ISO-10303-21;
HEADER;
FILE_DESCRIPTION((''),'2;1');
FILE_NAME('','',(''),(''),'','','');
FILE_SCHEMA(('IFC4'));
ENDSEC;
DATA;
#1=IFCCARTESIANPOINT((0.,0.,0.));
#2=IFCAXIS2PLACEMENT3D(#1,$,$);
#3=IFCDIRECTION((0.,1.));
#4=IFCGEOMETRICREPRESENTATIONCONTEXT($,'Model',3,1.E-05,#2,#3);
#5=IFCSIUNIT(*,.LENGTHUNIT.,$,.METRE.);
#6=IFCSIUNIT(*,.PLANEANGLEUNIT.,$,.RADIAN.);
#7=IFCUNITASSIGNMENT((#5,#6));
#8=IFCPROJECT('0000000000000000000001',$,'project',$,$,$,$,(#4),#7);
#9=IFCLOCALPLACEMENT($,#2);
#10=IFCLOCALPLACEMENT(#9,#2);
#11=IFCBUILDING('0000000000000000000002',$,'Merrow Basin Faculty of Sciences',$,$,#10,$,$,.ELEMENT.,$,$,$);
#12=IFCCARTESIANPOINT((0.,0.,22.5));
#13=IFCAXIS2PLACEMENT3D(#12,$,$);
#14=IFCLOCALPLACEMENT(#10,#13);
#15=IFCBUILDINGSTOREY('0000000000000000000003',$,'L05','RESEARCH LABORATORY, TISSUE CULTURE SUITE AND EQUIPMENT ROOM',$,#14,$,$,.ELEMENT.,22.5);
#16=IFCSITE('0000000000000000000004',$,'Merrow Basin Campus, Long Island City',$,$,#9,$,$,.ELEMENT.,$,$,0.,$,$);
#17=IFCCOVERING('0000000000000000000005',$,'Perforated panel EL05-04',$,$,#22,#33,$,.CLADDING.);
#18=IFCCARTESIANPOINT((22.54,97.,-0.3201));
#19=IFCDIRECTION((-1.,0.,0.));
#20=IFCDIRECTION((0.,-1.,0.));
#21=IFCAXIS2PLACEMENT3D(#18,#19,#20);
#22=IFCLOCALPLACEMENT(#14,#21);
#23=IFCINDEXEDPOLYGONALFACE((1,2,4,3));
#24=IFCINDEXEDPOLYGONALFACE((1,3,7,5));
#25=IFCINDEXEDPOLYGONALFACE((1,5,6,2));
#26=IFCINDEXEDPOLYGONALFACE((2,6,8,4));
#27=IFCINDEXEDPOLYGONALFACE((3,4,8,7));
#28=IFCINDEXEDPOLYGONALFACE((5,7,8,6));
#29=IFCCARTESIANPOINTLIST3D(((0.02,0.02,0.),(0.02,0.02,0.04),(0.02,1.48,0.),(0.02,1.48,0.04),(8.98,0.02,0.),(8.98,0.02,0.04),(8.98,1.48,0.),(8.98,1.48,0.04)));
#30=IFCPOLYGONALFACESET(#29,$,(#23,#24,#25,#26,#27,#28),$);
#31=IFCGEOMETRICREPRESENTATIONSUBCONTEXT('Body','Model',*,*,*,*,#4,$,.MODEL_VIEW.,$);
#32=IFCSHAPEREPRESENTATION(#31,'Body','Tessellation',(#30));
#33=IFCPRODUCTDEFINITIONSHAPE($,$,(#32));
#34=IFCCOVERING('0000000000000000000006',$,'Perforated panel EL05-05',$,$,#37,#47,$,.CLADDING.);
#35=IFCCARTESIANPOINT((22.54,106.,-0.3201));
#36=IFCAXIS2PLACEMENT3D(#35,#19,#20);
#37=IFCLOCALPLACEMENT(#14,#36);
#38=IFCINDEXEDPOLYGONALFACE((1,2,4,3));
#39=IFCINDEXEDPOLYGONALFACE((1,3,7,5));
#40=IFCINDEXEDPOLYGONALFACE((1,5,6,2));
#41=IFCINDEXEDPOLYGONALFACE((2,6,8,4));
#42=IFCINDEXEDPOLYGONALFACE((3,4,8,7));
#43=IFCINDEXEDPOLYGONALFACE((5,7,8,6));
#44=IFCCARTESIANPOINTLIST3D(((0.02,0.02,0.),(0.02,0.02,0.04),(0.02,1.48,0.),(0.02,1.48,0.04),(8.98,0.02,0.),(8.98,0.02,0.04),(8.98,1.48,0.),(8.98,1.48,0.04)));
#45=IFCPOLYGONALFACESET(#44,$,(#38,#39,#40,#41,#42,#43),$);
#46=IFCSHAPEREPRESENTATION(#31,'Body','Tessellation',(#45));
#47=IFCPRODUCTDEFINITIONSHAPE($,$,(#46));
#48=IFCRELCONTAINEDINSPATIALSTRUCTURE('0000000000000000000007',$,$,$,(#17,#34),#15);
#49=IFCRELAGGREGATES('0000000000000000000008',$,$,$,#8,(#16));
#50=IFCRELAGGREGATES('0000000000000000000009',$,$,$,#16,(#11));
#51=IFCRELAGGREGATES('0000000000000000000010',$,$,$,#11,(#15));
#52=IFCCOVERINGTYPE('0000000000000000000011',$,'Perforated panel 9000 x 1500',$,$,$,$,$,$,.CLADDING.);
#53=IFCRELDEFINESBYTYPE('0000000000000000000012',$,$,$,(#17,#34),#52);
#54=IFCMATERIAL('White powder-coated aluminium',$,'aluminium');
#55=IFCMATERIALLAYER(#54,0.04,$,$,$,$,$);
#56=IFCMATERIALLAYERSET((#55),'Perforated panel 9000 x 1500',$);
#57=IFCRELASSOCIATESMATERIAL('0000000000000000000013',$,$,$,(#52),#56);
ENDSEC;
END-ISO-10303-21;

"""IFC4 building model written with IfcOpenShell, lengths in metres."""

from ifc_helpers import new_model, si_unit, direction, frame, origin, place, context, subcontext, project, spatial, polyline, outline, extrude, source, transform, mapped, material, layer, layer_set, type_object, element, save


model = new_model("IFC4")

# Units and contexts
model_context = context("Model", 3, precision=1e-05, world=origin(), true_north=direction((0.0, 1.0)))
body_context = subcontext(model_context, "Body", "Model", "MODEL_VIEW")
ifc_project = project(units=[si_unit("LENGTHUNIT", "METRE"), si_unit("PLANEANGLEUNIT", "RADIAN")], contexts=[model_context])

# Site, building, storey
site_placement = place(None, origin())
site = spatial("IfcSite", under=ifc_project, at=site_placement, Name="Merrow Basin Campus, Long Island City", CompositionType="ELEMENT", RefElevation=0.0)
building_placement = place(site_placement, origin())
building = spatial("IfcBuilding", under=site, at=building_placement, Name="Merrow Basin Faculty of Sciences", CompositionType="ELEMENT")
storey_placement = place(building_placement, frame((0.0, 0.0, 22.5)))
storey = spatial("IfcBuildingStorey", under=building, at=storey_placement, Name="L05", Description="RESEARCH LABORATORY, TISSUE CULTURE SUITE AND EQUIPMENT ROOM", CompositionType="ELEMENT", Elevation=22.5)

# Coverings
ifc_material_1 = material(Name="White powder-coated aluminium", Category="aluminium")
ifc_layer_1 = layer(ifc_material_1, 0.04)
ifc_layer_set_1 = layer_set([ifc_layer_1], Name="Perforated panel 9000 x 1500")
covering_type = type_object("IfcCoveringType", Name="Perforated panel 9000 x 1500", PredefinedType="CLADDING", material=ifc_layer_set_1)
shared_shape_1 = source(origin(), body_context, "Body", "SweptSolid", [
    extrude(outline(polyline([(0.02, 0.02), (8.98, 0.02), (8.98, 1.48), (0.02, 1.48), (0.02, 0.02)])), origin(), (0.0, 0.0, 1.0), 0.04),
])
covering_1_placement = place(storey_placement, frame((22.54, 97.0, -0.3201), z_axis=(-1.0, 0.0, 0.0), x_axis=(0.0, -1.0, 0.0)))
element("IfcCovering", 1, at=covering_1_placement, inside=storey, type_object=covering_type, Name="Perforated panel EL05-04", PredefinedType="CLADDING", context=body_context, shape_type="MappedRepresentation", body=[
    mapped(shared_shape_1, transform((0.0, 0.0, 0.0), scale=1.0)),
])
shared_shape_2 = source(origin(), body_context, "Body", "SweptSolid", [
    extrude(outline(polyline([(0.02, 0.02), (8.98, 0.02), (8.98, 1.48), (0.02, 1.48), (0.02, 0.02)])), origin(), (0.0, 0.0, 1.0), 0.04),
])
covering_2_placement = place(storey_placement, frame((22.54, 106.0, -0.3201), z_axis=(-1.0, 0.0, 0.0), x_axis=(0.0, -1.0, 0.0)))
element("IfcCovering", 2, at=covering_2_placement, inside=storey, type_object=covering_type, Name="Perforated panel EL05-05", PredefinedType="CLADDING", context=body_context, shape_type="MappedRepresentation", body=[
    mapped(shared_shape_2, transform((0.0, 0.0, 0.0), scale=1.0)),
])

save(model, "model.ifc")
